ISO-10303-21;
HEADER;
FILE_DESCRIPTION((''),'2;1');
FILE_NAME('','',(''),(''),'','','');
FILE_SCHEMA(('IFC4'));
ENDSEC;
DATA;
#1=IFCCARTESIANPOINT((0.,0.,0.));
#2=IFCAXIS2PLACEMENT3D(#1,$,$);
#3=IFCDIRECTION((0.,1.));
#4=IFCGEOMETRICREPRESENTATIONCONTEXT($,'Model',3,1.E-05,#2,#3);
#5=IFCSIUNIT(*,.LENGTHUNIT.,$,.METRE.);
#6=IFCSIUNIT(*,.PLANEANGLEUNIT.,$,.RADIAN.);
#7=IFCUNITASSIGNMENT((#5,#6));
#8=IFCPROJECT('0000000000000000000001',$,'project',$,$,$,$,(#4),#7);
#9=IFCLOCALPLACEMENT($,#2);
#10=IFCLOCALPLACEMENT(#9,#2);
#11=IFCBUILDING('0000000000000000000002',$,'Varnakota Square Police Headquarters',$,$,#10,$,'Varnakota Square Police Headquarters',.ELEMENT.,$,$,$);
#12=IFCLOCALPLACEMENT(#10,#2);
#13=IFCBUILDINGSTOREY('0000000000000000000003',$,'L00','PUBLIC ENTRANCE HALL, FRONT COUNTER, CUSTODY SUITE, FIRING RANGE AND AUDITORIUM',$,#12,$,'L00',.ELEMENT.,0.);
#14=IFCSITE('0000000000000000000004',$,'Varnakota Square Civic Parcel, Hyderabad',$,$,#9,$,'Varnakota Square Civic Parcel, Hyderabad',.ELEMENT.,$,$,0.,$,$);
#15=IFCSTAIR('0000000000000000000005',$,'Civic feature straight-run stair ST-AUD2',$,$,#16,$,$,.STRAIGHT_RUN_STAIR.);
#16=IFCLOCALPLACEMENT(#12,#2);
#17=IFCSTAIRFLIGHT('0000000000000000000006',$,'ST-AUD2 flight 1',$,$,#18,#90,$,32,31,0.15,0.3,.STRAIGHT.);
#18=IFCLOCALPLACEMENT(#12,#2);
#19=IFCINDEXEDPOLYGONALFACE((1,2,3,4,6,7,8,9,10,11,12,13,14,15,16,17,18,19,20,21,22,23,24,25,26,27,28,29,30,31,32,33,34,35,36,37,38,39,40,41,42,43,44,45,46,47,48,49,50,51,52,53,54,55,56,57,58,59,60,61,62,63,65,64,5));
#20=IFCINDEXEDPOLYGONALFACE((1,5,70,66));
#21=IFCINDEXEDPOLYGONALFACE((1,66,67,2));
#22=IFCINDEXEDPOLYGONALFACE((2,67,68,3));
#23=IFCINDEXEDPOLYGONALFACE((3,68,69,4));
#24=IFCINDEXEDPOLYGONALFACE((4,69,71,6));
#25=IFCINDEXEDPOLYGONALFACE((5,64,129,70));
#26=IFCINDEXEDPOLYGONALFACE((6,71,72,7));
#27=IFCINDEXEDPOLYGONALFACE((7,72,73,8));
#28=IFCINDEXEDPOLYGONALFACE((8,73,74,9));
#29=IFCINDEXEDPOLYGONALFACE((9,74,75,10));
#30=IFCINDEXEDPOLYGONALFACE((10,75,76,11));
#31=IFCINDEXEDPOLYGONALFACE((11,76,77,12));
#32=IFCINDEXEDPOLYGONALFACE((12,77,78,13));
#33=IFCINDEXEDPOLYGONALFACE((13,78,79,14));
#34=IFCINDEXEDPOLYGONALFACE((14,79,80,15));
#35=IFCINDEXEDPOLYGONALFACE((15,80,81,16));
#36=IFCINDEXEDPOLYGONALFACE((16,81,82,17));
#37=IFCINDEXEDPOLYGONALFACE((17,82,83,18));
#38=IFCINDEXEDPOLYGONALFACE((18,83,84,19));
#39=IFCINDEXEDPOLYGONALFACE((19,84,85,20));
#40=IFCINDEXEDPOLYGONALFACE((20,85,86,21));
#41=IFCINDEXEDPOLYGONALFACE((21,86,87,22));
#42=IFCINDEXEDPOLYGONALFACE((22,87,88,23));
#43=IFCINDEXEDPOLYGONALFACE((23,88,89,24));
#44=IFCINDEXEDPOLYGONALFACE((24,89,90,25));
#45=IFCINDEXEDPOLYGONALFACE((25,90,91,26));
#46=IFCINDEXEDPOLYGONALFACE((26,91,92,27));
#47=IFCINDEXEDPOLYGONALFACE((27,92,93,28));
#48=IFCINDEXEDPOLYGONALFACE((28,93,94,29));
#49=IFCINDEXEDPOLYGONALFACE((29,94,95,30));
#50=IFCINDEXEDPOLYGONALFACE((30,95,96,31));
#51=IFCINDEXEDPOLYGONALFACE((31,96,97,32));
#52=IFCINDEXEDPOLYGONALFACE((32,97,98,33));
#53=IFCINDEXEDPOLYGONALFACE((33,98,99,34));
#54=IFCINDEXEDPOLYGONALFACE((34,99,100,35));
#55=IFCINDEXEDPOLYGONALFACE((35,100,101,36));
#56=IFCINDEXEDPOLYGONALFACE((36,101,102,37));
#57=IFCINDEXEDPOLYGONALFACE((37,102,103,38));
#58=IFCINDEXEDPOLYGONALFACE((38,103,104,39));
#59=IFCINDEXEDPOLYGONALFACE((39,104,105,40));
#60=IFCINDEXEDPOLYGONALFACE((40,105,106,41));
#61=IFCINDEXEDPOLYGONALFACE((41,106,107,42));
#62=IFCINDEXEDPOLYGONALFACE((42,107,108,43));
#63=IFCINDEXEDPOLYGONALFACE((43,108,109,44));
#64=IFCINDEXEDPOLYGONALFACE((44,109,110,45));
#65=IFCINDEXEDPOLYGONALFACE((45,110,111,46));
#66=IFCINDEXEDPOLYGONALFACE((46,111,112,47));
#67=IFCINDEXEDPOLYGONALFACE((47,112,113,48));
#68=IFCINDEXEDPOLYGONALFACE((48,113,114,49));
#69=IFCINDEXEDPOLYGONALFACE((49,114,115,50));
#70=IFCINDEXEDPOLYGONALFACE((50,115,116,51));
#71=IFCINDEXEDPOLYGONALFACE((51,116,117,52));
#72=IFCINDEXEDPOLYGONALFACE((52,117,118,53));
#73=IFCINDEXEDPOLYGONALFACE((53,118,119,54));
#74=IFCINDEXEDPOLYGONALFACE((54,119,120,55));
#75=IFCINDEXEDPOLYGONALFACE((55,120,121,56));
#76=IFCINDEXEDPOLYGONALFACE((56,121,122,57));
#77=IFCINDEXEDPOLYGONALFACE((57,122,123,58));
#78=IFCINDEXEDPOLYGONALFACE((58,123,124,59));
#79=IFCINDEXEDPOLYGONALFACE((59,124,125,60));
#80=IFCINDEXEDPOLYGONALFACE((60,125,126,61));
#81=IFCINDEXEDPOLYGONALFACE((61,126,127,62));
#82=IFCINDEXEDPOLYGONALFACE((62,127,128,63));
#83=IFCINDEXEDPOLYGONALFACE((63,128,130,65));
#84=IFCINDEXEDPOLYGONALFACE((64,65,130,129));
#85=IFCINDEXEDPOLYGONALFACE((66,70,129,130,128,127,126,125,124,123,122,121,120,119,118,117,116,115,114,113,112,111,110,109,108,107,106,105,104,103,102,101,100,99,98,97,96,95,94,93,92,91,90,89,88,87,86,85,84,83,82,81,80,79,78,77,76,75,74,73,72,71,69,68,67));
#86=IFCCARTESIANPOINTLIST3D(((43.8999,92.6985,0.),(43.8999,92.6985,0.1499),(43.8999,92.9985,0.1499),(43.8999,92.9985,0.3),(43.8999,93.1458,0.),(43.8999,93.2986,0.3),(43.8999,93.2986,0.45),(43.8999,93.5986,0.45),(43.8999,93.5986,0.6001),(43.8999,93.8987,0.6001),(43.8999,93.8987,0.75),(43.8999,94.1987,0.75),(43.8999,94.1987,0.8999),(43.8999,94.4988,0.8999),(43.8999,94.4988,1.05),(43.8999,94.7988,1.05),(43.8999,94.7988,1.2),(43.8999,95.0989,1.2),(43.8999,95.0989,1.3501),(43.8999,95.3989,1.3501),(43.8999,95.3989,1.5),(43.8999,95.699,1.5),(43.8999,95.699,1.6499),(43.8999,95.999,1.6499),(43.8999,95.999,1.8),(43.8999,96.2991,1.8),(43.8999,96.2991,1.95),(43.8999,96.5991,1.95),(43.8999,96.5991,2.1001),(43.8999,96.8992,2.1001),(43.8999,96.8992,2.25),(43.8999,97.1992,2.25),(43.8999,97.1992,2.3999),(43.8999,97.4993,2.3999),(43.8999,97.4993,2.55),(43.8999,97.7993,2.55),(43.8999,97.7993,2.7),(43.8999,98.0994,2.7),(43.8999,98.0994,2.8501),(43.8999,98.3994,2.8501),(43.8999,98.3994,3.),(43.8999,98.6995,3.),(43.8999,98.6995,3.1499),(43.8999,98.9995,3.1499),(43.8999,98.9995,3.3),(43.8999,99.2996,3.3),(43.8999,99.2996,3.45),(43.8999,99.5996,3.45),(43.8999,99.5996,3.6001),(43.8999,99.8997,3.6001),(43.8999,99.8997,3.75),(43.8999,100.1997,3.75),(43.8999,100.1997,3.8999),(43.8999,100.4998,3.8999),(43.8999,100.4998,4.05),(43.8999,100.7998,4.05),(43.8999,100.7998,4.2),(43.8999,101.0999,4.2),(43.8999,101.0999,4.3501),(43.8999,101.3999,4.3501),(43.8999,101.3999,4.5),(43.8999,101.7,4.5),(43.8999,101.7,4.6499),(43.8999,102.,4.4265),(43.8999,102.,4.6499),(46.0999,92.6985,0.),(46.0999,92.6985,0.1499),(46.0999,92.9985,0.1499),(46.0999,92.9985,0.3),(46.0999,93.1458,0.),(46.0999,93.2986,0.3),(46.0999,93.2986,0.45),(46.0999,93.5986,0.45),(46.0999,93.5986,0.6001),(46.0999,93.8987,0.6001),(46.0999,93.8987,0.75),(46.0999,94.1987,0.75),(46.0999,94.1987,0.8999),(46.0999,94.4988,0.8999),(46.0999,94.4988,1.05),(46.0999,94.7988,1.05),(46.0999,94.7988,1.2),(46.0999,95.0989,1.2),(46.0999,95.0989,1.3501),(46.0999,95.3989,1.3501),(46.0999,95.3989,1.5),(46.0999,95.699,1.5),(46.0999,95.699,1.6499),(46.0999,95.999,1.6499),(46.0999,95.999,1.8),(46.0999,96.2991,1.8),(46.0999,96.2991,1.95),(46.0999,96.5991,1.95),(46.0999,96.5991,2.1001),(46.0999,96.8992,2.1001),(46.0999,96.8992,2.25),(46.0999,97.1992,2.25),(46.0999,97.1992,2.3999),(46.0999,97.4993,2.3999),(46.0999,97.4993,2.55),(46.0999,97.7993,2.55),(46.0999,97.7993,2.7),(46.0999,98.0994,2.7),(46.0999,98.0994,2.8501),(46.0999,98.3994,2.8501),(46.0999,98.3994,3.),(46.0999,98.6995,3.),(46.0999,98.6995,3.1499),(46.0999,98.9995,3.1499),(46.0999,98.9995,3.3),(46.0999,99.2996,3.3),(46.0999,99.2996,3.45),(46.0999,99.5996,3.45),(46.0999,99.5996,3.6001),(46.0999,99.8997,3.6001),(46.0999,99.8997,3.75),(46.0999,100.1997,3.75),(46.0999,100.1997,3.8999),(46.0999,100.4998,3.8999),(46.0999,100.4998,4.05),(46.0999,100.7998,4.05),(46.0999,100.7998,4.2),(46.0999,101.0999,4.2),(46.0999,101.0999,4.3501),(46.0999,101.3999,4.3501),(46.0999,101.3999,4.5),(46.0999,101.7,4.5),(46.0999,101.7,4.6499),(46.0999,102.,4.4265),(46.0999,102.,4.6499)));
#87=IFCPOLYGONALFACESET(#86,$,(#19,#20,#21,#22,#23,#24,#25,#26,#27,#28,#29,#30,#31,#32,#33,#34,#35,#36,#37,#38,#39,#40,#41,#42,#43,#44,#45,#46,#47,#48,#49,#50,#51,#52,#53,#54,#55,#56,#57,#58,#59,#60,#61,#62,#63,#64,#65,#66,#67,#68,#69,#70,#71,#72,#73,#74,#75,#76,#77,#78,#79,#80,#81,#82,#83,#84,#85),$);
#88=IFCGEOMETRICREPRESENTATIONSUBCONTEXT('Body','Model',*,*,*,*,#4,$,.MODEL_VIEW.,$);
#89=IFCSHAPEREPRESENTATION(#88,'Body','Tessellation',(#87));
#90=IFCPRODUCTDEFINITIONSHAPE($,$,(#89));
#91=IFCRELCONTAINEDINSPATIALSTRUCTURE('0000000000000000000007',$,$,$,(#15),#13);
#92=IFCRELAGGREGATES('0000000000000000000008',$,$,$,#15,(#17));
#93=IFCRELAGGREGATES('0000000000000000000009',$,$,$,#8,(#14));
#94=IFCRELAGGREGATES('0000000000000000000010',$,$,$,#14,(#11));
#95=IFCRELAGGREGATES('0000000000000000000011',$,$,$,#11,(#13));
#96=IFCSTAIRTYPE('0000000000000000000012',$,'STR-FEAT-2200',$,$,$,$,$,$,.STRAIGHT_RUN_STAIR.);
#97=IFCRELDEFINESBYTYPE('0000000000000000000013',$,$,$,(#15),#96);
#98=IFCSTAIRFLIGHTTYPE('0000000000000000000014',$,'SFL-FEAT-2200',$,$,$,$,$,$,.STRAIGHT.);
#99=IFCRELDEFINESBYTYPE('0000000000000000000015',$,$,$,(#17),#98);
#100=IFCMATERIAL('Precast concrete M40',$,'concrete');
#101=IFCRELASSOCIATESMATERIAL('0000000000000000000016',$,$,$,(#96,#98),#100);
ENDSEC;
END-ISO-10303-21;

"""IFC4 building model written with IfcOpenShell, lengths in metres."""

from ifc_helpers import new_model, si_unit, direction, frame, origin, place, context, subcontext, project, spatial, polyline, outline, extrude, material, type_object, element, aggregate, save


model = new_model("IFC4")

# Units and contexts
model_context = context("Model", 3, precision=1e-05, world=origin(), true_north=direction((0.0, 1.0)))
body_context = subcontext(model_context, "Body", "Model", "MODEL_VIEW")
ifc_project = project(units=[si_unit("LENGTHUNIT", "METRE"), si_unit("PLANEANGLEUNIT", "RADIAN")], contexts=[model_context])

# Site, building, storey
site_placement = place(None, origin())
site = spatial("IfcSite", under=ifc_project, at=site_placement, Name="Varnakota Square Civic Parcel, Hyderabad", LongName="Varnakota Square Civic Parcel, Hyderabad", CompositionType="ELEMENT", RefElevation=0.0)
building_placement = place(site_placement, origin())
building = spatial("IfcBuilding", under=site, at=building_placement, Name="Varnakota Square Police Headquarters", LongName="Varnakota Square Police Headquarters", CompositionType="ELEMENT")
storey_placement = place(building_placement, origin())
storey = spatial("IfcBuildingStorey", under=building, at=storey_placement, Name="L00", Description="PUBLIC ENTRANCE HALL, FRONT COUNTER, CUSTODY SUITE, FIRING RANGE AND AUDITORIUM", LongName="L00", CompositionType="ELEMENT", Elevation=0.0)

# Stair, stair flight
ifc_material_1 = material(Name="Precast concrete M40", Category="concrete")
stair_type = type_object("IfcStairType", Name="STR-FEAT-2200", PredefinedType="STRAIGHT_RUN_STAIR", material=ifc_material_1)
stair_placement = place(storey_placement, origin())
stair = element("IfcStair", 1, at=stair_placement, inside=storey, type_object=stair_type, Name="Civic feature straight-run stair ST-AUD2", PredefinedType="STRAIGHT_RUN_STAIR")
stair_flight_type = type_object("IfcStairFlightType", Name="SFL-FEAT-2200", PredefinedType="STRAIGHT", material=ifc_material_1)
stair_flight_placement = place(storey_placement, frame((45.0, 92.6985, 0.0), z_axis=(0.0, 0.0, 1.0), x_axis=(0.0, 1.0, 0.0)))
stair_flight = element("IfcStairFlight", 2, at=stair_flight_placement, type_object=stair_flight_type, Name="ST-AUD2 flight 1", NumberOfRisers=32, NumberOfTreads=31, PredefinedType="STRAIGHT", RiserHeight=0.15, TreadLength=0.3, context=body_context, shape_type="SweptSolid", body=[
    extrude(outline(polyline([(0.0, 0.0), (0.0, 0.1499), (0.3, 0.1499), (0.3, 0.3), (0.6001, 0.3), (0.6001, 0.45), (0.9001, 0.45), (0.9001, 0.6001), (1.2002, 0.6001), (1.2002, 0.75), (1.5002, 0.75), (1.5002, 0.8999), (1.8003, 0.8999), (1.8003, 1.05), (2.1003, 1.05), (2.1003, 1.2), (2.4004, 1.2), (2.4004, 1.3501), (2.7004, 1.3501), (2.7004, 1.5), (3.0005, 1.5), (3.0005, 1.6499), (3.3005, 1.6499), (3.3005, 1.8), (3.6006, 1.8), (3.6006, 1.95), (3.9006, 1.95), (3.9006, 2.1001), (4.2007, 2.1001), (4.2007, 2.25), (4.5007, 2.25), (4.5007, 2.3999), (4.8008, 2.3999), (4.8008, 2.55), (5.1008, 2.55), (5.1008, 2.7), (5.4009, 2.7), (5.4009, 2.8501), (5.7009, 2.8501), (5.7009, 3.0), (6.001, 3.0), (6.001, 3.1499), (6.301, 3.1499), (6.301, 3.3), (6.6011, 3.3), (6.6011, 3.45), (6.9011, 3.45), (6.9011, 3.6001), (7.2012, 3.6001), (7.2012, 3.75), (7.5012, 3.75), (7.5012, 3.8999), (7.8013, 3.8999), (7.8013, 4.05), (8.1013, 4.05), (8.1013, 4.2), (8.4014, 4.2), (8.4014, 4.3501), (8.7014, 4.3501), (8.7014, 4.5), (9.0015, 4.5), (9.0015, 4.6499), (9.3015, 4.6499), (9.3015, 4.8), (9.3015, 4.4265), (0.4473, 0.0), (0.0, 0.0)])), frame((0.0, 1.1001, 0.0), z_axis=(0.0, -1.0, 0.0), x_axis=(1.0, 0.0, 0.0)), (0.0, 0.0, 1.0), 2.2),
])
aggregate(stair, [stair_flight])

save(model, "model.ifc")
